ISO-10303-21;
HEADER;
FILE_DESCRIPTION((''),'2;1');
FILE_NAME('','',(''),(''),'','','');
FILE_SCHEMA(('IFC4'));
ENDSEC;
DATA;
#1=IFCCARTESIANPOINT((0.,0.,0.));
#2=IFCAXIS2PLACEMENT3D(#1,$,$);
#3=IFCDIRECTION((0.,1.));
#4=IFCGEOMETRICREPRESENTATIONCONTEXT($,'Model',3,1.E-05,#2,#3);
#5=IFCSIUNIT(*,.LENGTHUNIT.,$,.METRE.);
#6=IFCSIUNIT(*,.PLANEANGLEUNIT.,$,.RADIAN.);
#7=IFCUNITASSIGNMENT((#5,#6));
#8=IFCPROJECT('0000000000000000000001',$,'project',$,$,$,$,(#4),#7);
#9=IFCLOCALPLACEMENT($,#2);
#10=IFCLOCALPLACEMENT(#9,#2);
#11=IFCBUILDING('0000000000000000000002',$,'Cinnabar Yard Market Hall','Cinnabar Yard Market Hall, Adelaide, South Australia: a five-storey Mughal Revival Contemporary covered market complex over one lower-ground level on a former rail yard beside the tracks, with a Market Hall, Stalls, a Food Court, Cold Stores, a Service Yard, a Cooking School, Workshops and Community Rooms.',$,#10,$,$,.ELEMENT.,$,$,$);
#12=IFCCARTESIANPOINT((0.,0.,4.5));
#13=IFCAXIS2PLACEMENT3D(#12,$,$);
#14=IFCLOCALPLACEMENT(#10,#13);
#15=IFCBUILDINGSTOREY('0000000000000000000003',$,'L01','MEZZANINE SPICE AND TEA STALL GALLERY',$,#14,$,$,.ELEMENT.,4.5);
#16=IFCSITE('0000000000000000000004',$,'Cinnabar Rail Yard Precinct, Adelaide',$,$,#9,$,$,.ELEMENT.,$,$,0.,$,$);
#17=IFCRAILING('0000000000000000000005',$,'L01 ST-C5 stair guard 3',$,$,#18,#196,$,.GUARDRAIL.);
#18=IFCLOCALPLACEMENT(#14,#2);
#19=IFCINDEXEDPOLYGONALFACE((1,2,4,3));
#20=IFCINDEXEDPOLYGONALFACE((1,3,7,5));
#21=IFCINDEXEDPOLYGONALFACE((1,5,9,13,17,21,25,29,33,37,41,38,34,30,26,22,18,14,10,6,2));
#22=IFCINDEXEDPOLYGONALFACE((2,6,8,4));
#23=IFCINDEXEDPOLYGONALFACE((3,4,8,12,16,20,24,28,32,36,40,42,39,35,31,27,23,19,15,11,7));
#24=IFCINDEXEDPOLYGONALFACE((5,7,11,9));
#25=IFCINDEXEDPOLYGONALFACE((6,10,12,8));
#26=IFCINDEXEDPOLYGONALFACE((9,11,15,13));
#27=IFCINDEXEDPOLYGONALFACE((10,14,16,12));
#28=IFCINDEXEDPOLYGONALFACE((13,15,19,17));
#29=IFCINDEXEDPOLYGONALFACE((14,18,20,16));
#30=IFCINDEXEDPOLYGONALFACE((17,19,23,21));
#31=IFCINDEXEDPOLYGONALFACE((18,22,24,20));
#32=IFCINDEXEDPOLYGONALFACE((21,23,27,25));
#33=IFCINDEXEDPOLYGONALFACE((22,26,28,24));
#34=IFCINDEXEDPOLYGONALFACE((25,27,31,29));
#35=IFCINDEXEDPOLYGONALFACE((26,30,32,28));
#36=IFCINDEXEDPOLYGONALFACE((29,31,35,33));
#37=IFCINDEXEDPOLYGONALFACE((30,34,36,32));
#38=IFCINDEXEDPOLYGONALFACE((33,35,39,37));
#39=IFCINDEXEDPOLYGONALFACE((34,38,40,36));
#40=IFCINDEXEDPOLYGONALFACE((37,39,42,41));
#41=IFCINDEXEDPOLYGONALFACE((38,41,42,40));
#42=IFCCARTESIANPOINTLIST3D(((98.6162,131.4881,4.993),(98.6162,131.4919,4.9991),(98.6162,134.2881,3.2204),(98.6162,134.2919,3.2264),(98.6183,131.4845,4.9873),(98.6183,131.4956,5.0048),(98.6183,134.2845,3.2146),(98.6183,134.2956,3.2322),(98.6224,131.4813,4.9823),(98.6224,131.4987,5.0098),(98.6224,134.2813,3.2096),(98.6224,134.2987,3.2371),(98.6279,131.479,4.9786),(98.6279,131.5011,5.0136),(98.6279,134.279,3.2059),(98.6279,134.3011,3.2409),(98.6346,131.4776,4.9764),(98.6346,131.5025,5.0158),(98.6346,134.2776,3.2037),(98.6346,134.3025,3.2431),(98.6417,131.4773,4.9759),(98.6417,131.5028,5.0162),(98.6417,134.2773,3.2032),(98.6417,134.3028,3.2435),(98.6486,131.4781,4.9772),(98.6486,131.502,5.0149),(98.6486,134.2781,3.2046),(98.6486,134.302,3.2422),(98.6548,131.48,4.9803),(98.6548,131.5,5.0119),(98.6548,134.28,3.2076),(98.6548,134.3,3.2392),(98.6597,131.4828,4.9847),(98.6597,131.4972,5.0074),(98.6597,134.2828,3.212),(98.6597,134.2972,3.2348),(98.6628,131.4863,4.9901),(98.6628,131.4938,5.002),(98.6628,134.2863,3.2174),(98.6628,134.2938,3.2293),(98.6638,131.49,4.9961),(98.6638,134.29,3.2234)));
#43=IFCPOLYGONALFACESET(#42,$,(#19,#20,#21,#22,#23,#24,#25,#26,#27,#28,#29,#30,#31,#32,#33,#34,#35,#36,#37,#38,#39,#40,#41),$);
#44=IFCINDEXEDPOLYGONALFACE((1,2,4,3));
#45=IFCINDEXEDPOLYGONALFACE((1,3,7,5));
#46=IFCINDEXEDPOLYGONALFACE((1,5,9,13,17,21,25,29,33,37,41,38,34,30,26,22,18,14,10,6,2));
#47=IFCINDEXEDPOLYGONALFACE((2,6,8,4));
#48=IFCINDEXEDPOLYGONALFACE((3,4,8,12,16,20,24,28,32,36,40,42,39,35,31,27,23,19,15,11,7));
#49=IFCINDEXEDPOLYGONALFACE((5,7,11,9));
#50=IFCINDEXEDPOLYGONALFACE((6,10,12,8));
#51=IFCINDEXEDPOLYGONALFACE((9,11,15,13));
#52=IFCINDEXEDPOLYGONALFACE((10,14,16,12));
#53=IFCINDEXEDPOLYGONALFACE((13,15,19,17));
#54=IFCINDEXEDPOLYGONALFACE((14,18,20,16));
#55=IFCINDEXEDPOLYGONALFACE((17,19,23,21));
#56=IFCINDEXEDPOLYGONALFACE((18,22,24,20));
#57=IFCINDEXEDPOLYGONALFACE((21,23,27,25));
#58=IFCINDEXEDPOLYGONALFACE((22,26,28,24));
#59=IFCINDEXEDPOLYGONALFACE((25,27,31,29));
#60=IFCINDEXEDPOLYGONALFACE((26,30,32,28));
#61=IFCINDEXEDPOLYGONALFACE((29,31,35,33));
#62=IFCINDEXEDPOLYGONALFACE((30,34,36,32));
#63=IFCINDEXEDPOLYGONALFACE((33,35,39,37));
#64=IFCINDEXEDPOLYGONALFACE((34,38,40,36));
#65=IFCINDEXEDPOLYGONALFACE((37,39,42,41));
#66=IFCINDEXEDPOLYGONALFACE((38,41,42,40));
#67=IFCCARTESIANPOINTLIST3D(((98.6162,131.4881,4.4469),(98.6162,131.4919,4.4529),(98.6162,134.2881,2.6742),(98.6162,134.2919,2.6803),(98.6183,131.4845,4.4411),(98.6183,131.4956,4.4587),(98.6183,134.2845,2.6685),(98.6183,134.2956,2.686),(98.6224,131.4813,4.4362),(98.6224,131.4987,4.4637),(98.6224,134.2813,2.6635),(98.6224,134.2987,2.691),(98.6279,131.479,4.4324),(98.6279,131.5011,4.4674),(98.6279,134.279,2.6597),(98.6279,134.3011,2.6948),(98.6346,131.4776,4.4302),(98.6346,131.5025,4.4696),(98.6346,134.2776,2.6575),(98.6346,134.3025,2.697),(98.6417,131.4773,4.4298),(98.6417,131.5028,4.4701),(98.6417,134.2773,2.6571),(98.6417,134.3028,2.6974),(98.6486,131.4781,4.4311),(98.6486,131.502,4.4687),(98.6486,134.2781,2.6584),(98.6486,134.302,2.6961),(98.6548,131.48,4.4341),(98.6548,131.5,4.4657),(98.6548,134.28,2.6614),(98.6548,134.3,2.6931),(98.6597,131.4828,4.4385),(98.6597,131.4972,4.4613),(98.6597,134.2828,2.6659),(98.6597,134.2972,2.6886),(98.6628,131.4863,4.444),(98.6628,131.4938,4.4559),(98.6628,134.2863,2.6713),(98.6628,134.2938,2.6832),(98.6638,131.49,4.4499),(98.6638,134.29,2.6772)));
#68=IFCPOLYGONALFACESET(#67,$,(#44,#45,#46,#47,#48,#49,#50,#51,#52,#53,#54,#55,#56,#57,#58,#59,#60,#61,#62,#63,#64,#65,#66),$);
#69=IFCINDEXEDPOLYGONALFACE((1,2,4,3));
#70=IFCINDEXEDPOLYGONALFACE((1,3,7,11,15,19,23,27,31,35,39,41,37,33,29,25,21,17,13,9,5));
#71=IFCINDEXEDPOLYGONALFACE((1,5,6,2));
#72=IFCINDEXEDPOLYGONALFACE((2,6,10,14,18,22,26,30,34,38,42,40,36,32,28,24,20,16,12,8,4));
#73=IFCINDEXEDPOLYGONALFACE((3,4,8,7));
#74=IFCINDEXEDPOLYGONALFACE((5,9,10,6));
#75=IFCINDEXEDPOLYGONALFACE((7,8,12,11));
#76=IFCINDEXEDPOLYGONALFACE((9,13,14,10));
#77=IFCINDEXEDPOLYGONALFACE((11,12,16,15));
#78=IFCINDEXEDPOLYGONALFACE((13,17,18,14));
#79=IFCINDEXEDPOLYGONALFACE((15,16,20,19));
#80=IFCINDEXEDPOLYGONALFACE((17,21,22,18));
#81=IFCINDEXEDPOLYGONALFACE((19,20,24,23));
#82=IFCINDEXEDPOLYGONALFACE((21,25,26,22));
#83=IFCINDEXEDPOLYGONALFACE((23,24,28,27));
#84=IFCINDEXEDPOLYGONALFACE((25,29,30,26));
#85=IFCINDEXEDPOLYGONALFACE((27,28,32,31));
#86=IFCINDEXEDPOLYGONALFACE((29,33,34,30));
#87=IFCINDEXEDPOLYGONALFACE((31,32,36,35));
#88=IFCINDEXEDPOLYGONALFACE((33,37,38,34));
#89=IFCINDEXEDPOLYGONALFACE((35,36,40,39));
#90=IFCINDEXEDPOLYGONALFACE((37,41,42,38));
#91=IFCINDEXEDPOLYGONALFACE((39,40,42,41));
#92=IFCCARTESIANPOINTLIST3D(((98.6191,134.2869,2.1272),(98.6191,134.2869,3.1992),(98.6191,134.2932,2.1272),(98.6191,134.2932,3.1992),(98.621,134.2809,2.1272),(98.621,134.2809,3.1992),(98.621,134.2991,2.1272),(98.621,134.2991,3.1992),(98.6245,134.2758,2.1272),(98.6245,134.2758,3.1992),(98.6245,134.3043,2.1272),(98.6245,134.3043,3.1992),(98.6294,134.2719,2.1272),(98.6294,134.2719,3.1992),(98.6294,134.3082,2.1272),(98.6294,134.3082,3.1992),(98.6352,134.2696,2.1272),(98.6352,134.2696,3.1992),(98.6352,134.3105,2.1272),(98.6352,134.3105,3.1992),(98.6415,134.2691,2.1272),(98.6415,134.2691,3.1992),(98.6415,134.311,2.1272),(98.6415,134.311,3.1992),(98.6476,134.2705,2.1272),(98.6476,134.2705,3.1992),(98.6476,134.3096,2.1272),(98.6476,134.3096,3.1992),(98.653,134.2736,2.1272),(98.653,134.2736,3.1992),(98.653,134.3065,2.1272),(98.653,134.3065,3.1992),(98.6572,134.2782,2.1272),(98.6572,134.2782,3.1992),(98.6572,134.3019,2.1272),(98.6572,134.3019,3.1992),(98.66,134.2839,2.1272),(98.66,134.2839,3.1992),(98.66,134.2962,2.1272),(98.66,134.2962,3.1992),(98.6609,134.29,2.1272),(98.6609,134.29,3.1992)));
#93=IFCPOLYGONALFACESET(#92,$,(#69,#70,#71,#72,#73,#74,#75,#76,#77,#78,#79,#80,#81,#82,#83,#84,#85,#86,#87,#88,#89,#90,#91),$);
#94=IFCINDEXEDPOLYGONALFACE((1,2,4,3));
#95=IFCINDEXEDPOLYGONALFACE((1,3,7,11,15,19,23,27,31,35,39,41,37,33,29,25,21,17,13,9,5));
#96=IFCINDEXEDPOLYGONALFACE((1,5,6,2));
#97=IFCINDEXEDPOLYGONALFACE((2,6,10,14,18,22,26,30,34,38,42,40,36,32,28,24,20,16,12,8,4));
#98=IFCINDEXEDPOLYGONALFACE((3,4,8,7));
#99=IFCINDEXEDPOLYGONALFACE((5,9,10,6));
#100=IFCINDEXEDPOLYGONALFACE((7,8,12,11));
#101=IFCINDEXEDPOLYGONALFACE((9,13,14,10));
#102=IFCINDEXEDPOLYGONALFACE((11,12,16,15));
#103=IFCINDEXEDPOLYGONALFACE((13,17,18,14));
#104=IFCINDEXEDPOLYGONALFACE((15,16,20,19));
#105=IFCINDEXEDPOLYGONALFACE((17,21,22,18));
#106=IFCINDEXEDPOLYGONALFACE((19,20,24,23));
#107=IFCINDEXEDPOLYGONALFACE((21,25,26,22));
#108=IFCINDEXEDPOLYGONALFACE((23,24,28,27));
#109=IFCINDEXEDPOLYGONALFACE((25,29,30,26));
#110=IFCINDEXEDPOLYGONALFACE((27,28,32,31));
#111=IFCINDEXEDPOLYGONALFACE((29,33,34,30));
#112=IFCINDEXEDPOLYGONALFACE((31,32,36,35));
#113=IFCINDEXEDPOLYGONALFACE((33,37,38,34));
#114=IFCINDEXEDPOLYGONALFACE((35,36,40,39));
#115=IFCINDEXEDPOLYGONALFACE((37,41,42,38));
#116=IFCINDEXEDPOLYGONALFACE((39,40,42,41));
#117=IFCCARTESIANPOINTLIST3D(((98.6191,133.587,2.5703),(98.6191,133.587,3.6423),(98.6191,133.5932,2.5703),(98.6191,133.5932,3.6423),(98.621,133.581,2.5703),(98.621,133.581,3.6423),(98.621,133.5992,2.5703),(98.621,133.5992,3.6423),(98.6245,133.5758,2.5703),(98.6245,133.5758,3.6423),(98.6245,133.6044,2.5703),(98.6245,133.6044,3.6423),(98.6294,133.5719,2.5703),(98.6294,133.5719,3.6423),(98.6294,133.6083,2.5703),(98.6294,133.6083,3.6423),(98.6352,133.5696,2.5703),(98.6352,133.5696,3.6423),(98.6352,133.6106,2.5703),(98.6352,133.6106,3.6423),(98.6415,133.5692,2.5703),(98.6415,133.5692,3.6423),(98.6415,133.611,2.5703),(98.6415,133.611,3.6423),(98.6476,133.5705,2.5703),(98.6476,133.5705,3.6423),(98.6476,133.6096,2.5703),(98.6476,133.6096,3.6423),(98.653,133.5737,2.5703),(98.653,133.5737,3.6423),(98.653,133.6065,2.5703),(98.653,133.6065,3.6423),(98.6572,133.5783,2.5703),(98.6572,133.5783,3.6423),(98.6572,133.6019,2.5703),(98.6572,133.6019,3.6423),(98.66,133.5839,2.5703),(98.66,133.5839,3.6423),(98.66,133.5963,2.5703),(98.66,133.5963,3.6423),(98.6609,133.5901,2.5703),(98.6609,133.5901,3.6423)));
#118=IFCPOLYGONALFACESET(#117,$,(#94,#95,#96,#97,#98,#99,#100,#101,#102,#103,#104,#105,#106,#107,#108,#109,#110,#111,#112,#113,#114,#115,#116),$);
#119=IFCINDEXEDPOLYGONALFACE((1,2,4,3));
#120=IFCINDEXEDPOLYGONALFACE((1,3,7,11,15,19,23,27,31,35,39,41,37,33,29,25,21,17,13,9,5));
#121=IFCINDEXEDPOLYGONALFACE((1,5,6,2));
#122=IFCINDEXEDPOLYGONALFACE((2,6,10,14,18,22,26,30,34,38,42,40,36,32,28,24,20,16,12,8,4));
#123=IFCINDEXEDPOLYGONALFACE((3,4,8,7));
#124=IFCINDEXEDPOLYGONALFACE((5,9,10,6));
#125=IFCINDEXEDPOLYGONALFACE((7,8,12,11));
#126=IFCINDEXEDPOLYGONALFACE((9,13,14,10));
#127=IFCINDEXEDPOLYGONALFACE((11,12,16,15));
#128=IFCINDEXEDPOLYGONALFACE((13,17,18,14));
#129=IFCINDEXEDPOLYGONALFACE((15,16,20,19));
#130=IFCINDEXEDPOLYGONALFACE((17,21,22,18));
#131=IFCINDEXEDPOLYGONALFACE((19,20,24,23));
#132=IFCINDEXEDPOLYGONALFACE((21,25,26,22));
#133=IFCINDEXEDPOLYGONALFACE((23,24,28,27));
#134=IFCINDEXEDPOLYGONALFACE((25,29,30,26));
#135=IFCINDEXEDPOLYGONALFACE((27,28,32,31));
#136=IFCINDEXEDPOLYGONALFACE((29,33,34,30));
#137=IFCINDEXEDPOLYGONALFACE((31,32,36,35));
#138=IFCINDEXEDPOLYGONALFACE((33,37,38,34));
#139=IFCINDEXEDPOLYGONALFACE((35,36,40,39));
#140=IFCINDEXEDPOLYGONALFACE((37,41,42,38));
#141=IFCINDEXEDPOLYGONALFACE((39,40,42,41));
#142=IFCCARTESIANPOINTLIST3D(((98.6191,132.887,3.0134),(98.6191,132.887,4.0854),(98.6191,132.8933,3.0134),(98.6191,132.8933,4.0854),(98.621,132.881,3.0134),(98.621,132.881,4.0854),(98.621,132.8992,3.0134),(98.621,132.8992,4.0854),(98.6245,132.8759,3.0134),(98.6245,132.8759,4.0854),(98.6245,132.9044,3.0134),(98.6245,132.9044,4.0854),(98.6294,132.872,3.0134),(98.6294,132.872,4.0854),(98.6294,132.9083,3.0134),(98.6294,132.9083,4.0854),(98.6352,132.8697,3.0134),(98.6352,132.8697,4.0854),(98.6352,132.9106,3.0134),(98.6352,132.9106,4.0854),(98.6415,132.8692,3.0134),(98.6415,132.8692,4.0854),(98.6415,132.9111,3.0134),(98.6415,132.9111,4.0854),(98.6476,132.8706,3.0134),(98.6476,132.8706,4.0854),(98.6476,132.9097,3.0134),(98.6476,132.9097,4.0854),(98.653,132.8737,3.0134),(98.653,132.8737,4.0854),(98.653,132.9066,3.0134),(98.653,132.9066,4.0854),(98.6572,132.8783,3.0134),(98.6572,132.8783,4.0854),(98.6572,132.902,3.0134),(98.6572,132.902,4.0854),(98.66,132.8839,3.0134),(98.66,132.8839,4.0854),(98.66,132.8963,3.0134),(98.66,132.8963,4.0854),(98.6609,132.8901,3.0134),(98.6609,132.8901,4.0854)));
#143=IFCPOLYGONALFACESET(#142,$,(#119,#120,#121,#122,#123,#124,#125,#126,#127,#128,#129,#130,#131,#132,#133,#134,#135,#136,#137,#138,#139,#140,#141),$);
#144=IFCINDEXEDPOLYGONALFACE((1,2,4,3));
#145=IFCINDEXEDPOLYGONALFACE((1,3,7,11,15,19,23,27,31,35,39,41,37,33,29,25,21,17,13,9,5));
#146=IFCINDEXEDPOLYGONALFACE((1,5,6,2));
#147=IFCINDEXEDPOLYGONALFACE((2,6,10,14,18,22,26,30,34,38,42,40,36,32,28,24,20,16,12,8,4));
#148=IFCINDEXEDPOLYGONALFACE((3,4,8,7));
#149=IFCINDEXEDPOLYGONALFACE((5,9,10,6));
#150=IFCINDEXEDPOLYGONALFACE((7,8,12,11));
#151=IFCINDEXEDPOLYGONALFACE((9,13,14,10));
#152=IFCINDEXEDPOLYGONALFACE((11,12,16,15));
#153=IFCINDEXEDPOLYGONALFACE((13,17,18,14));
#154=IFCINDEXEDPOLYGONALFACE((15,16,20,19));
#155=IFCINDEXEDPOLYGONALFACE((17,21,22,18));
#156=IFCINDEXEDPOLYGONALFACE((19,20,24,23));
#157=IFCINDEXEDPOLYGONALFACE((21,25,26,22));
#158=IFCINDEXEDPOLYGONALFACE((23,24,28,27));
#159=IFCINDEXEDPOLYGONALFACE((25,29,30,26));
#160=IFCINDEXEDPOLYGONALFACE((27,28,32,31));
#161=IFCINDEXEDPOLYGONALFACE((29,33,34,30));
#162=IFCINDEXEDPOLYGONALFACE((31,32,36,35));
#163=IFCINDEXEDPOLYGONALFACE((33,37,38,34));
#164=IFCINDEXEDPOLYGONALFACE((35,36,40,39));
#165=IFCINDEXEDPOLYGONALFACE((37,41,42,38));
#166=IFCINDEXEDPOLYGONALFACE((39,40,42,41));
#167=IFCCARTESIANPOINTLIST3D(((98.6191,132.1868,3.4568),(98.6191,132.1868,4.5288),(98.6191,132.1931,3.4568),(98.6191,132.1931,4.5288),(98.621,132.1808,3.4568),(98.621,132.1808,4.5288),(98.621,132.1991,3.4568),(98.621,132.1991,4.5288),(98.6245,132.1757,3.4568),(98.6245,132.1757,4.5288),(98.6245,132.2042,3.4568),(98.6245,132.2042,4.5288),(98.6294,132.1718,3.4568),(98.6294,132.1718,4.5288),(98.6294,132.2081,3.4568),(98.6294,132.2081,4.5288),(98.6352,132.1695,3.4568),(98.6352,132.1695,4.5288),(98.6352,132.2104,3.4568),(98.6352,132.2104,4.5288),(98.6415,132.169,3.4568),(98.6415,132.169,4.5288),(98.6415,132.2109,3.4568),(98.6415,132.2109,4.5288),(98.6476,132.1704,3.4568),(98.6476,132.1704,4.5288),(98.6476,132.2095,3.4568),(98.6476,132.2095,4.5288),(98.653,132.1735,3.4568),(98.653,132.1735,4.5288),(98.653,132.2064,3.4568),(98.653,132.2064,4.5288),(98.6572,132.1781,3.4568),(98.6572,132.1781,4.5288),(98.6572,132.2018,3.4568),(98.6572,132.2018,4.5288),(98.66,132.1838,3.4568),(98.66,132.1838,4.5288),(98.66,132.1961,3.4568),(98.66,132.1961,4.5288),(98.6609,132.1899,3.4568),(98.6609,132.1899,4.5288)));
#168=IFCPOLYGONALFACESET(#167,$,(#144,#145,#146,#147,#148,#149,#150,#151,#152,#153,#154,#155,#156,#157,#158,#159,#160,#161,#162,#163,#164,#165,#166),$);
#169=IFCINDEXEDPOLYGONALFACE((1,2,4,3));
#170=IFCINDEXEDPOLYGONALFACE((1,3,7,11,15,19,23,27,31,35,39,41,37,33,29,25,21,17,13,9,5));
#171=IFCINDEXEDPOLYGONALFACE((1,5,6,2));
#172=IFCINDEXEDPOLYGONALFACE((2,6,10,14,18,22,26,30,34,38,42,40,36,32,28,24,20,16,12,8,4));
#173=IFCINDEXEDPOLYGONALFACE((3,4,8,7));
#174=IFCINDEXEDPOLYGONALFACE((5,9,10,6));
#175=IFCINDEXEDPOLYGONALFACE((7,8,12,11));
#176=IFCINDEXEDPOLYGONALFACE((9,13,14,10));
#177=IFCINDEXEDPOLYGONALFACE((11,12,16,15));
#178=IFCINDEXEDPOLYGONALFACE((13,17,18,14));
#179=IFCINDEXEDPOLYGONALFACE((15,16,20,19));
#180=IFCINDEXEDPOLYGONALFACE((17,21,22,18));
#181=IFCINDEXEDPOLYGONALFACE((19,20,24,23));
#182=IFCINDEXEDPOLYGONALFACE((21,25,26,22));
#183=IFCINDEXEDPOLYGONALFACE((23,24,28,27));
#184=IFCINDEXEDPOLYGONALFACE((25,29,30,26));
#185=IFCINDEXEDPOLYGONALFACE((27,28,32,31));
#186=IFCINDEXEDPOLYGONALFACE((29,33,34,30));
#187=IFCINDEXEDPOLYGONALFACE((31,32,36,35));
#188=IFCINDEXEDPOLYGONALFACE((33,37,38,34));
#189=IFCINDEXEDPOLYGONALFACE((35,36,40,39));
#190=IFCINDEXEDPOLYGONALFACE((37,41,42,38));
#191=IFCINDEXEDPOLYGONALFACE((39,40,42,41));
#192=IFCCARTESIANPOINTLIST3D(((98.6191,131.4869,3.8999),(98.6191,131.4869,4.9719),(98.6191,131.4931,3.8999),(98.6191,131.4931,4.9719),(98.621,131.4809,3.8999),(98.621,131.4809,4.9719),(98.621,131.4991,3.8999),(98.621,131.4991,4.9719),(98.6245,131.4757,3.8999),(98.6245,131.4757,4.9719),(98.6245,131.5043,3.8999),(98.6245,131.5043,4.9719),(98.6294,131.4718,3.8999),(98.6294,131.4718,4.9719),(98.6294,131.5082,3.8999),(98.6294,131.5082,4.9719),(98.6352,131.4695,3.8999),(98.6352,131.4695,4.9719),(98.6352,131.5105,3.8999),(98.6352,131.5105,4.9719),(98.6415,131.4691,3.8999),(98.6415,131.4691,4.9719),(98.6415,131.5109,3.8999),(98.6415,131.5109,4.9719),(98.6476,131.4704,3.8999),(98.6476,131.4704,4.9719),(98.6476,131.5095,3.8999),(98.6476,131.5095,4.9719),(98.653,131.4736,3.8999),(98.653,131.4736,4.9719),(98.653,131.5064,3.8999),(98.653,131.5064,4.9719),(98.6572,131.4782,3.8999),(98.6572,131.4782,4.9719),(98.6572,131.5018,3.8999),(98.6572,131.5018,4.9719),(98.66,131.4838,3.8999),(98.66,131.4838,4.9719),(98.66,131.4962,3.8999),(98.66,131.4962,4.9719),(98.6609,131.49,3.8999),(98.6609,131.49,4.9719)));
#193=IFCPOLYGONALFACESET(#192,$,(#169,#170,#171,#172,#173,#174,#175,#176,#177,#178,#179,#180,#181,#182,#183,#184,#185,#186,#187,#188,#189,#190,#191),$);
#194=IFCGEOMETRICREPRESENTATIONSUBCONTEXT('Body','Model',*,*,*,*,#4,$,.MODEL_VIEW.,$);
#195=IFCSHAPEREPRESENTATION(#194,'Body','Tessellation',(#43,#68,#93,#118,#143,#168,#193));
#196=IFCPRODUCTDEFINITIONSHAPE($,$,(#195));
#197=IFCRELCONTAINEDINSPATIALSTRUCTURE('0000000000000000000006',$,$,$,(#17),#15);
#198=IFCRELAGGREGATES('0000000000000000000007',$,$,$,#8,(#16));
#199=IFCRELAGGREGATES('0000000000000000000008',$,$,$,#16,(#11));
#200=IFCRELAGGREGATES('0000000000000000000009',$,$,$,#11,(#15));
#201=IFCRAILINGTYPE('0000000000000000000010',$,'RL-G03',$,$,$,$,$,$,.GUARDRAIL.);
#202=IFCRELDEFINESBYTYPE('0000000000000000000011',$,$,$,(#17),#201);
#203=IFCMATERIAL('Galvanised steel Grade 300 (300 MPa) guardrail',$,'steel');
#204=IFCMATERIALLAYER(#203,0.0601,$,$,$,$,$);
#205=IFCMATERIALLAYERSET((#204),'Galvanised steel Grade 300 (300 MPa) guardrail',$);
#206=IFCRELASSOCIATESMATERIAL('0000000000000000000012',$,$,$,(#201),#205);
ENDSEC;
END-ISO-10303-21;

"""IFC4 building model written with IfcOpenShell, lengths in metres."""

from ifc_helpers import new_model, si_unit, direction, frame, origin, origin_2d_with_axis, place, context, subcontext, project, spatial, circle, extrude, material, layer, layer_set, type_object, element, save


model = new_model("IFC4")

# Units and contexts
model_context = context("Model", 3, precision=1e-05, world=origin(), true_north=direction((0.0, 1.0)))
body_context = subcontext(model_context, "Body", "Model", "MODEL_VIEW")
ifc_project = project(units=[si_unit("LENGTHUNIT", "METRE"), si_unit("PLANEANGLEUNIT", "RADIAN")], contexts=[model_context])

# Site, building, storey
site_placement = place(None, origin())
site = spatial("IfcSite", under=ifc_project, at=site_placement, Name="Cinnabar Rail Yard Precinct, Adelaide", CompositionType="ELEMENT", RefElevation=0.0)
building_placement = place(site_placement, origin())
building = spatial("IfcBuilding", under=site, at=building_placement, Name="Cinnabar Yard Market Hall", Description="Cinnabar Yard Market Hall, Adelaide, South Australia: a five-storey Mughal Revival Contemporary covered market complex over one lower-ground level on a former rail yard beside the tracks, with a Market Hall, Stalls, a Food Court, Cold Stores, a Service Yard, a Cooking School, Workshops and Community Rooms.", CompositionType="ELEMENT")
storey_placement = place(building_placement, frame((0.0, 0.0, 4.5)))
storey = spatial("IfcBuildingStorey", under=building, at=storey_placement, Name="L01", Description="MEZZANINE SPICE AND TEA STALL GALLERY", CompositionType="ELEMENT", Elevation=4.5)

# Railing
ifc_material_1 = material(Name="Galvanised steel Grade 300 (300 MPa) guardrail", Category="steel")
ifc_layer_1 = layer(ifc_material_1, 0.0601)
ifc_layer_set_1 = layer_set([ifc_layer_1], Name="Galvanised steel Grade 300 (300 MPa) guardrail")
railing_type_1 = type_object("IfcRailingType", Name="RL-G03", PredefinedType="GUARDRAIL", material=ifc_layer_set_1)
railing_1_placement = place(storey_placement, frame((98.6399, 134.29, 2.1272)))
element("IfcRailing", 1, at=railing_1_placement, inside=storey, type_object=railing_type_1, Name="L01 ST-C5 stair guard 3", PredefinedType="GUARDRAIL", context=body_context, shape_type="SweptSolid", body=[
    extrude(circle(Radius=0.0239, at=origin_2d_with_axis()), frame((0.0, 0.0, 1.0962), z_axis=(0.0, -0.844909, 0.53491), x_axis=(1.0, 0.0, 0.0)), (0.0, 0.0, 1.0), 3.314),
    extrude(circle(Radius=0.0239, at=origin_2d_with_axis()), frame((0.0, 0.0, 0.55), z_axis=(0.0, -0.844909, 0.53491), x_axis=(1.0, 0.0, 0.0)), (0.0, 0.0, 1.0), 3.314),
    extrude(circle(Radius=0.021, at=origin_2d_with_axis()), origin(), (0.0, 0.0, 1.0), 1.072),
    extrude(circle(Radius=0.021, at=origin_2d_with_axis()), frame((0.0, -0.7, 0.4431)), (0.0, 0.0, 1.0), 1.072),
    extrude(circle(Radius=0.021, at=origin_2d_with_axis()), frame((0.0, -1.3999, 0.8862)), (0.0, 0.0, 1.0), 1.072),
    extrude(circle(Radius=0.021, at=origin_2d_with_axis()), frame((0.0, -2.1001, 1.3296)), (0.0, 0.0, 1.0), 1.072),
    extrude(circle(Radius=0.021, at=origin_2d_with_axis()), frame((0.0, -2.8, 1.7727)), (0.0, 0.0, 1.0), 1.072),
])

save(model, "model.ifc")
